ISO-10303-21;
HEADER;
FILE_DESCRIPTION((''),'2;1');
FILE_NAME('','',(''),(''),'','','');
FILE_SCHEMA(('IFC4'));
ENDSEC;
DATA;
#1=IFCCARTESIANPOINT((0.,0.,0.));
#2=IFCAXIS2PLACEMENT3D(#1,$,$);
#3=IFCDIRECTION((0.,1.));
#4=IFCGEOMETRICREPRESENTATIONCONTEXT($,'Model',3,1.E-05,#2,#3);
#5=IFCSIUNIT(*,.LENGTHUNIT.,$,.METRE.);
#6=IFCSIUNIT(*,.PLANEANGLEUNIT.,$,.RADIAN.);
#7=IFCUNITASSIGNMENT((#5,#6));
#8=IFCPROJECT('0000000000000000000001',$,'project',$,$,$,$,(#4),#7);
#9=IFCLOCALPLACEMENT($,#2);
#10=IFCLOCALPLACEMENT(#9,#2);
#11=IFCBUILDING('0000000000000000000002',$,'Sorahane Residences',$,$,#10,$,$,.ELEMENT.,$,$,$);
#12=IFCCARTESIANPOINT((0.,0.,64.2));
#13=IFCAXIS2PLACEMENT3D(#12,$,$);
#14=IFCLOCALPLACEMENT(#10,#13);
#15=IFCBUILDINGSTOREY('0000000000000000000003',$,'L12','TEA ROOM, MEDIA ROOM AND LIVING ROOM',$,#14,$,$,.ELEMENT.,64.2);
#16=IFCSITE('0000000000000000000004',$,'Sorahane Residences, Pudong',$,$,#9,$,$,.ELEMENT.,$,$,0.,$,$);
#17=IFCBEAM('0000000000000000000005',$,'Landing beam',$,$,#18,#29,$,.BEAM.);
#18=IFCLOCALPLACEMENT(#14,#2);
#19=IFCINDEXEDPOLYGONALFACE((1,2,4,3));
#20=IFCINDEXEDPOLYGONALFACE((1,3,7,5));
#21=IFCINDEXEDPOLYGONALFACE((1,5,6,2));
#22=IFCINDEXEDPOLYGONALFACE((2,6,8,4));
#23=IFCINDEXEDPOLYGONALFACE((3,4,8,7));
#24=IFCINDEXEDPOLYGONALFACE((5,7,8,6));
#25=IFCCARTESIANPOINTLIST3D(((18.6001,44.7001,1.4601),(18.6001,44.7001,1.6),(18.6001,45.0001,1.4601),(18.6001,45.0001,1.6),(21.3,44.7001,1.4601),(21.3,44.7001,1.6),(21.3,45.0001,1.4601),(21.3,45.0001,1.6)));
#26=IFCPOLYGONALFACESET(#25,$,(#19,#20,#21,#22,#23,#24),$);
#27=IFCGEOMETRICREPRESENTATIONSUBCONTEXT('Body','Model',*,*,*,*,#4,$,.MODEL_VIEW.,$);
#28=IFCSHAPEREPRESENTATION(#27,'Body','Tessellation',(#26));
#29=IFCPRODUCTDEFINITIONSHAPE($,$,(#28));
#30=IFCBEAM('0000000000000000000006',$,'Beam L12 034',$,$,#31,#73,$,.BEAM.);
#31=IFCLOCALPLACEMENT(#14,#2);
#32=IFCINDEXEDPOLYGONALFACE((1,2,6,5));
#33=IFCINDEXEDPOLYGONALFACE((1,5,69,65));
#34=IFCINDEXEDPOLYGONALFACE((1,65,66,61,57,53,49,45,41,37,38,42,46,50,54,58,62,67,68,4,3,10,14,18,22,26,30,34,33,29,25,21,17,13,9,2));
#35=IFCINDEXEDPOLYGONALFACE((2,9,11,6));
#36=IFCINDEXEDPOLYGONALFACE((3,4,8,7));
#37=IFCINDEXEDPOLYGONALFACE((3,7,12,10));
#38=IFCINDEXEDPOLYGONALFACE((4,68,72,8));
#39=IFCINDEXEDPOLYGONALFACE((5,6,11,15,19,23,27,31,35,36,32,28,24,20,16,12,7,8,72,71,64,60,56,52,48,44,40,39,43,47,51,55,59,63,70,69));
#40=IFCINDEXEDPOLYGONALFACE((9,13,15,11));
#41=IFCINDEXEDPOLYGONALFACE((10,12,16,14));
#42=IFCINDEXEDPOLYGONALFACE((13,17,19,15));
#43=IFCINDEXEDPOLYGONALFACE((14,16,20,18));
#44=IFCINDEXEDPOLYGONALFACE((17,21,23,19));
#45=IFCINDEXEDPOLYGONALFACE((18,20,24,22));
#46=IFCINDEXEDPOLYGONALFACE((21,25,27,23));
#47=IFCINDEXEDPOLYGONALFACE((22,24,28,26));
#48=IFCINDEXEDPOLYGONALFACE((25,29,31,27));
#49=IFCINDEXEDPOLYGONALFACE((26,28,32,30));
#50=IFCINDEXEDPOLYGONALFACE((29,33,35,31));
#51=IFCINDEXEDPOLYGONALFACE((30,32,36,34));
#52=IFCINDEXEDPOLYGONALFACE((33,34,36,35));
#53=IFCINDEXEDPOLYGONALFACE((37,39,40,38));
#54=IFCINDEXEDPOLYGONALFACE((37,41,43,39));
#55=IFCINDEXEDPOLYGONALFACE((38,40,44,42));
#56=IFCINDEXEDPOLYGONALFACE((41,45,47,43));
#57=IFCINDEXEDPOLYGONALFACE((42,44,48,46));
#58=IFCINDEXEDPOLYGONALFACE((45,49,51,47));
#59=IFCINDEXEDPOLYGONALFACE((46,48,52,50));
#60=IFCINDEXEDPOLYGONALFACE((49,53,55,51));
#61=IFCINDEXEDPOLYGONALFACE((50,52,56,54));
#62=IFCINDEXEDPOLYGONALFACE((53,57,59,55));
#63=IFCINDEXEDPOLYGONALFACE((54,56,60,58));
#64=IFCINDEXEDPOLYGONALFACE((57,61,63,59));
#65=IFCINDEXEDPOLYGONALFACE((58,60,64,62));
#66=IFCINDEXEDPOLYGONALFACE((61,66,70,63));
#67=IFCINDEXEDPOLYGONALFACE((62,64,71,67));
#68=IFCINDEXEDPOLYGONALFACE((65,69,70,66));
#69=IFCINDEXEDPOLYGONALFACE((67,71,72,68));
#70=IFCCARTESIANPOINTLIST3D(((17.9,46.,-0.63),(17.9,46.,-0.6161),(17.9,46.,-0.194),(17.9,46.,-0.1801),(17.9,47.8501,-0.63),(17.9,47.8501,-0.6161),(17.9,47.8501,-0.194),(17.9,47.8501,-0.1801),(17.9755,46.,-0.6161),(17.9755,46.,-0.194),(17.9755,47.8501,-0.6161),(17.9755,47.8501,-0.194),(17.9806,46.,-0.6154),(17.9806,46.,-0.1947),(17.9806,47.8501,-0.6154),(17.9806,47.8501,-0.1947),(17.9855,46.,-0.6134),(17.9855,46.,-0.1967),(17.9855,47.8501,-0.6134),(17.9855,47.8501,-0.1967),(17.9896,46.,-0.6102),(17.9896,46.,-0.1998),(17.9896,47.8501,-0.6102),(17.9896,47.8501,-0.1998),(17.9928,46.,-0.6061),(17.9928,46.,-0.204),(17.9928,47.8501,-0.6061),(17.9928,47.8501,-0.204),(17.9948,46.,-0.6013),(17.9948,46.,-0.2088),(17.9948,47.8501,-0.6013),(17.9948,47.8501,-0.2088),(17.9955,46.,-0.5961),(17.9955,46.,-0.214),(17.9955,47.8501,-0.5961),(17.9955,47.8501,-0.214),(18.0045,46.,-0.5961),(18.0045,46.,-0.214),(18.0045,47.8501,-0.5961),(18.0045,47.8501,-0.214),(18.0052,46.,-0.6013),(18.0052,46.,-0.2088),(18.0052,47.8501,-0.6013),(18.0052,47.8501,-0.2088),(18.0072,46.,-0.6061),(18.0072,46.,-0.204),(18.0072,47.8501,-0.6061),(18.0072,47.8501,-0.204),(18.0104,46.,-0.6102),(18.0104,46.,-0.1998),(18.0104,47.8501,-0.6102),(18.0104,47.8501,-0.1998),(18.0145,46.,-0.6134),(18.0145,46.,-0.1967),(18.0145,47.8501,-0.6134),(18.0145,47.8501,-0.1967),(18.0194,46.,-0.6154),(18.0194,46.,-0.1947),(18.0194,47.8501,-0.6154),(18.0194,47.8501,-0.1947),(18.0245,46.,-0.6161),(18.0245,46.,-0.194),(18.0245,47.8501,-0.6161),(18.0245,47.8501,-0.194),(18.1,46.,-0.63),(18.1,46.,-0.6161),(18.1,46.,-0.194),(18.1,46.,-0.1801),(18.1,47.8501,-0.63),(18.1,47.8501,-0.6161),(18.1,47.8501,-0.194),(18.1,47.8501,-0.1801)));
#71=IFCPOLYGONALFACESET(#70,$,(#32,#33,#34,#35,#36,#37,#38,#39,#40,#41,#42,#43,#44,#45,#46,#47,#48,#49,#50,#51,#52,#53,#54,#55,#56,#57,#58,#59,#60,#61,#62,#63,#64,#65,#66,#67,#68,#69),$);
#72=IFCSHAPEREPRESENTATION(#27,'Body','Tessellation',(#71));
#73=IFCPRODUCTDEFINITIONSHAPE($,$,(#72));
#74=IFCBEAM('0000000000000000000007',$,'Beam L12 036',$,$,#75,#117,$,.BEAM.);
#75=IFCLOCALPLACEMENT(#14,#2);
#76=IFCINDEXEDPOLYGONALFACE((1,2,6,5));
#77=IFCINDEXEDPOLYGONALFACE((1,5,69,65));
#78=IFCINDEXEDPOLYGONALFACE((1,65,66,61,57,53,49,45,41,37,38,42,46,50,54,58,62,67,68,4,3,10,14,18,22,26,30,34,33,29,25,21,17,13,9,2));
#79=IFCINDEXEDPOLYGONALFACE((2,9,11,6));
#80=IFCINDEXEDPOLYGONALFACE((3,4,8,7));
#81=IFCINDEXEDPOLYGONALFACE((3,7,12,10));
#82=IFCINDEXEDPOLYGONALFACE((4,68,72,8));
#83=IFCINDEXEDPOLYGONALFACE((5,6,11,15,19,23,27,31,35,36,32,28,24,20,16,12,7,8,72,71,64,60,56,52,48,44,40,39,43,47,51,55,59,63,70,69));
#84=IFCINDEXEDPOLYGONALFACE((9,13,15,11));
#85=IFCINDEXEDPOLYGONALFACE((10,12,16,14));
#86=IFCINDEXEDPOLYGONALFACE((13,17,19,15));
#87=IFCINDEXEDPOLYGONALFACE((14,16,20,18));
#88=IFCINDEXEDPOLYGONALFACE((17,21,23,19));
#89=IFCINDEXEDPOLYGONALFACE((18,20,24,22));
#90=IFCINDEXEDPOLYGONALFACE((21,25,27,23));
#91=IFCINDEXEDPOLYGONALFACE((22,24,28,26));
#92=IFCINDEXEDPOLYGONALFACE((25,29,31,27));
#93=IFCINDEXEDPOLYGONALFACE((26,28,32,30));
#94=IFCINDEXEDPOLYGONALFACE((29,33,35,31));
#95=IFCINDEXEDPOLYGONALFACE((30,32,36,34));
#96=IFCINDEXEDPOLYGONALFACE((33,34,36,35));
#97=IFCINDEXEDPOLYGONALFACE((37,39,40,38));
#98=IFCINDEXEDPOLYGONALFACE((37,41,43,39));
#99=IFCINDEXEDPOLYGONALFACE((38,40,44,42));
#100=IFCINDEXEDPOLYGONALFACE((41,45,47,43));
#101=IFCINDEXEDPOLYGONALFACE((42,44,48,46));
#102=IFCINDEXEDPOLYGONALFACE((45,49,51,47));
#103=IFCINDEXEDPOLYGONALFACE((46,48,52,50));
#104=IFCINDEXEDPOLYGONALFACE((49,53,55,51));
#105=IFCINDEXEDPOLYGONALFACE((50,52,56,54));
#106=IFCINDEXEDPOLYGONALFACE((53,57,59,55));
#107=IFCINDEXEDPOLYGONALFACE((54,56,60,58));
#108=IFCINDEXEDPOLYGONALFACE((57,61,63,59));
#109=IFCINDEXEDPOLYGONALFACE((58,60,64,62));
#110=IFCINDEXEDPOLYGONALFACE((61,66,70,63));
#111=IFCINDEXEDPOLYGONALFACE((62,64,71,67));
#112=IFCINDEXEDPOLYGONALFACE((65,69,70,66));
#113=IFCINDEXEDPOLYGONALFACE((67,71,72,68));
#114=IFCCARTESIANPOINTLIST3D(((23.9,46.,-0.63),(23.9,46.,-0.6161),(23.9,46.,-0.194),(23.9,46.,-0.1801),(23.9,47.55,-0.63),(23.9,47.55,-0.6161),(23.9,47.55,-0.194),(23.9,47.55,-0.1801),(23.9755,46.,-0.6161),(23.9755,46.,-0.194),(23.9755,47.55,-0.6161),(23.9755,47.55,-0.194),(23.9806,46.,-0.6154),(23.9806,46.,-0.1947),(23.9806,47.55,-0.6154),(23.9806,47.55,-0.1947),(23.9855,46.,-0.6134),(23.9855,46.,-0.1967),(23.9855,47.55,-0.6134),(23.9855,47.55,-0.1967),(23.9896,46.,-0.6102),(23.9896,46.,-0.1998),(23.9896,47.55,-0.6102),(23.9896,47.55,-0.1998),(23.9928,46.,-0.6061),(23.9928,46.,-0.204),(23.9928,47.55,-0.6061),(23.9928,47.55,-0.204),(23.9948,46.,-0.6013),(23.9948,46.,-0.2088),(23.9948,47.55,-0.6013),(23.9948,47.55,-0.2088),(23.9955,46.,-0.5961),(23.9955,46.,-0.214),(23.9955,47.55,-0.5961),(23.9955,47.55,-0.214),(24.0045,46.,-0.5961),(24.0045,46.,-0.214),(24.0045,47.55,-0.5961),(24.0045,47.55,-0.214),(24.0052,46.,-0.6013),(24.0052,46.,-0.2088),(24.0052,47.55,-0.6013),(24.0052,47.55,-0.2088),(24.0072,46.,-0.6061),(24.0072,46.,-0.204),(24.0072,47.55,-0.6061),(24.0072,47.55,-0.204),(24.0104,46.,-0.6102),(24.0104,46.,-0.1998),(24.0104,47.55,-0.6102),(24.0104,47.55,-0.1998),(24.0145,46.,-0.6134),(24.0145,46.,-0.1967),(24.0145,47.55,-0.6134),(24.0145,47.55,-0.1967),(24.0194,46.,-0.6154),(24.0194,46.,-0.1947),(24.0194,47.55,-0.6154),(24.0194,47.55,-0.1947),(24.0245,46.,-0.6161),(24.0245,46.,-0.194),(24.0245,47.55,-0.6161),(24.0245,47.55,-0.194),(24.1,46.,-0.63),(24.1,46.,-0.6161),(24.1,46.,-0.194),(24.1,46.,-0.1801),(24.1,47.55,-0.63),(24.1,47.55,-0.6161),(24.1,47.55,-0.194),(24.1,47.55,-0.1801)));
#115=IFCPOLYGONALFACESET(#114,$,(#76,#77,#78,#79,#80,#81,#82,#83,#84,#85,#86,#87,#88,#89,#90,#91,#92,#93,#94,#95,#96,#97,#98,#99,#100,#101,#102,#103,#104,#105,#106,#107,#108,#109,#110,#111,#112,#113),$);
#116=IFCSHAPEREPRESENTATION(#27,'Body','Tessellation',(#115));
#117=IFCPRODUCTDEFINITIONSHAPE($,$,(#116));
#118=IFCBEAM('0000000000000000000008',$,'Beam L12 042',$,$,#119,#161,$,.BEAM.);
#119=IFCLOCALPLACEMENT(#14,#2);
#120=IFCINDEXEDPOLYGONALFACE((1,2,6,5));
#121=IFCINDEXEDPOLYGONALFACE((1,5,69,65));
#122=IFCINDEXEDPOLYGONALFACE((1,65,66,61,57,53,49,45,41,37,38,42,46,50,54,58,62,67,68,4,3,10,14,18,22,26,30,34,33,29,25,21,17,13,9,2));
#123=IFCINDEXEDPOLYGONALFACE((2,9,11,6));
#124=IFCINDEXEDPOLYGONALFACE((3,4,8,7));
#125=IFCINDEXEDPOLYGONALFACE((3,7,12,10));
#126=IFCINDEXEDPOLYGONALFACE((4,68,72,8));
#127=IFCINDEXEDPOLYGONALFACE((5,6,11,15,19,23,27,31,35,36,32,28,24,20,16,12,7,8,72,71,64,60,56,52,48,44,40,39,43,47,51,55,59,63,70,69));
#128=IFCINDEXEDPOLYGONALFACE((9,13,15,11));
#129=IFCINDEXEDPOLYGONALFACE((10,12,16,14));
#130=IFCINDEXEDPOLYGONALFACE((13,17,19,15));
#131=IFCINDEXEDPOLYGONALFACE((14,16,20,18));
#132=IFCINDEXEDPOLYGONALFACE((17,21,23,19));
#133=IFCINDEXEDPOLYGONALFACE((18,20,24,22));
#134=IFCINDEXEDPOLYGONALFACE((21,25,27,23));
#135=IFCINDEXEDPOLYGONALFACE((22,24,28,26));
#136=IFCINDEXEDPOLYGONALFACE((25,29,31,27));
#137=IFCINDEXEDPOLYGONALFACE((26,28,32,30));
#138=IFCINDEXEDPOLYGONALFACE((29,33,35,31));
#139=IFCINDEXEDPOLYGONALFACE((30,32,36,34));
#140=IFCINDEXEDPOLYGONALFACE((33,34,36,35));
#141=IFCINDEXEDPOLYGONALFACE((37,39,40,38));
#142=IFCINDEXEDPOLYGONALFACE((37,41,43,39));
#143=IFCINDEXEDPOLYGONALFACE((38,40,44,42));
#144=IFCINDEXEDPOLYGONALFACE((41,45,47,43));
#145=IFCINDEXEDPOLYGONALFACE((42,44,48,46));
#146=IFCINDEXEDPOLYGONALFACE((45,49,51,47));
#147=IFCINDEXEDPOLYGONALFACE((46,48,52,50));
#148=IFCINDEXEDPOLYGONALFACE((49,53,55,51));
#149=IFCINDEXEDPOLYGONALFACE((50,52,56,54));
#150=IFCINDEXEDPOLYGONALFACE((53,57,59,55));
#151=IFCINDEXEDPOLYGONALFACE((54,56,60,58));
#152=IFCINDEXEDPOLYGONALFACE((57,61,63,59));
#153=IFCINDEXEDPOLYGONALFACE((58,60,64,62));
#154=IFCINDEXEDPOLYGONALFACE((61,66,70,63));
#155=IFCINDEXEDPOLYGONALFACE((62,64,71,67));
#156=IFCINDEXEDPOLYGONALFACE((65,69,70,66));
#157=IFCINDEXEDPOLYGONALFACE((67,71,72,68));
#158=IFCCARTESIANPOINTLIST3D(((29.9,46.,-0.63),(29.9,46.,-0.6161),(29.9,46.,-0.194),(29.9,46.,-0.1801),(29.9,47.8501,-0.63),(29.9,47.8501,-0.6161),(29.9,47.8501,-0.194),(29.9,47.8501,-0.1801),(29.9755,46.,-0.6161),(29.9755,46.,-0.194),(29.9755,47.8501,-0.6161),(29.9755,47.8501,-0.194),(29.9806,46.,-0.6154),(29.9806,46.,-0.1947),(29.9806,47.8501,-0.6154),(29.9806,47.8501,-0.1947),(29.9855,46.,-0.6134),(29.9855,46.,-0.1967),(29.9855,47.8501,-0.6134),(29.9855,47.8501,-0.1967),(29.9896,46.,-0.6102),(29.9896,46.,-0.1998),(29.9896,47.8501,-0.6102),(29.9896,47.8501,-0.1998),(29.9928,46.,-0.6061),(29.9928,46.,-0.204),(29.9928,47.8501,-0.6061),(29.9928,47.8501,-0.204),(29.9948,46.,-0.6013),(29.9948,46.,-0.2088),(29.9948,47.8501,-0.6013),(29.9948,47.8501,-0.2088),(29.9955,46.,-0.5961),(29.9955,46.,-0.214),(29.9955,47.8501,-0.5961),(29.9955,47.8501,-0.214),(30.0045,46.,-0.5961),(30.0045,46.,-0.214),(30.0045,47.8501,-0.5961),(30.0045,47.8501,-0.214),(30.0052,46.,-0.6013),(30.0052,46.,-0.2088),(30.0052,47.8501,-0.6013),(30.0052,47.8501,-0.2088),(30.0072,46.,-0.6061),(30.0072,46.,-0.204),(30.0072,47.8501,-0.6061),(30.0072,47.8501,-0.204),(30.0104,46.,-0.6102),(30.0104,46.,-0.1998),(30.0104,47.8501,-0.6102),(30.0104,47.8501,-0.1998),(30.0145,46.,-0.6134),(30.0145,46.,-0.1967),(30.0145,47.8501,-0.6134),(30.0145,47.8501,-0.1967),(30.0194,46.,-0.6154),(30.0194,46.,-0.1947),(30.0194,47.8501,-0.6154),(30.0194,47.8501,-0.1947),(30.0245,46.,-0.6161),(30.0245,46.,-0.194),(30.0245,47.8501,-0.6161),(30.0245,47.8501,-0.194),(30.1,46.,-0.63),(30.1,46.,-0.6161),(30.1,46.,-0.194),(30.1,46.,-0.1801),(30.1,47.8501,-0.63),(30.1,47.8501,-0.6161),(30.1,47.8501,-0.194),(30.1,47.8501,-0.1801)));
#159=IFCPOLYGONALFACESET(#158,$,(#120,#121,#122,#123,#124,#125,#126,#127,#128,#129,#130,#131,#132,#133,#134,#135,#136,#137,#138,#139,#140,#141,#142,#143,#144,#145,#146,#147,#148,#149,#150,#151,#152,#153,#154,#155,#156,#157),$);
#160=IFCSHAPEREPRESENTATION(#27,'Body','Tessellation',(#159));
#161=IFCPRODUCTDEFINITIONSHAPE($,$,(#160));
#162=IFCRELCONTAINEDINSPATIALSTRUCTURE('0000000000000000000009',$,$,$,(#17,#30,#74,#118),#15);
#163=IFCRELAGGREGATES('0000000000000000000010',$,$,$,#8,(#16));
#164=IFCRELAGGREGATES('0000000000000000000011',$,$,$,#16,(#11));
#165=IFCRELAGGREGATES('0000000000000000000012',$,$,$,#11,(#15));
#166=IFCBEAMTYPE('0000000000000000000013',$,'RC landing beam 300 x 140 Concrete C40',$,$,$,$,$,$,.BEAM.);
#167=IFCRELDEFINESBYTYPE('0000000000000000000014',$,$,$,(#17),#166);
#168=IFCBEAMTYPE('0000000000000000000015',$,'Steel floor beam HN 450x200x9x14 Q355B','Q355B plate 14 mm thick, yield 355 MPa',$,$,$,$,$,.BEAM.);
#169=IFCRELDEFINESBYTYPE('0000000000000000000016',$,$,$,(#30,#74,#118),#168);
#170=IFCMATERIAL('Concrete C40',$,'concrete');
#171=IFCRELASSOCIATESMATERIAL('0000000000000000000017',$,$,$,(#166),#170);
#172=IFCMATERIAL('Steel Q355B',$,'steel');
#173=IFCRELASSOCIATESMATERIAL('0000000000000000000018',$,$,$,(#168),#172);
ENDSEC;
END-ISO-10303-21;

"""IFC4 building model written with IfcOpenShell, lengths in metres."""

from ifc_helpers import new_model, si_unit, direction, frame, origin, origin_2d, place, context, subcontext, project, spatial, rectangle, i_section, extrude, material, material_profile, profile_set, type_object, element, save


model = new_model("IFC4")

# Units and contexts
model_context = context("Model", 3, precision=1e-05, world=origin(), true_north=direction((0.0, 1.0)))
body_context = subcontext(model_context, "Body", "Model", "MODEL_VIEW")
ifc_project = project(units=[si_unit("LENGTHUNIT", "METRE"), si_unit("PLANEANGLEUNIT", "RADIAN")], contexts=[model_context])

# Site, building, storey
site_placement = place(None, origin())
site = spatial("IfcSite", under=ifc_project, at=site_placement, Name="Sorahane Residences, Pudong", CompositionType="ELEMENT", RefElevation=0.0)
building_placement = place(site_placement, origin())
building = spatial("IfcBuilding", under=site, at=building_placement, Name="Sorahane Residences", CompositionType="ELEMENT")
storey_placement = place(building_placement, frame((0.0, 0.0, 64.2)))
storey = spatial("IfcBuildingStorey", under=building, at=storey_placement, Name="L12", Description="TEA ROOM, MEDIA ROOM AND LIVING ROOM", CompositionType="ELEMENT", Elevation=64.2)

# Beams
ifc_material_1 = material(Name="Concrete C40", Category="concrete")
ifc_material_profile_1 = material_profile(ifc_material_1, rectangle(XDim=0.3, YDim=0.1399, at=origin_2d()), Name="300x140")
ifc_profile_set_1 = profile_set([ifc_material_profile_1], Name="Concrete C40")
beam_type_1 = type_object("IfcBeamType", Name="RC landing beam 300 x 140 Concrete C40", PredefinedType="BEAM", material=ifc_profile_set_1)
for number, where, z_axis, x_axis, name in (
    (1, (18.6001, 44.8501, 1.53), (1.0, 0.0, 0.0), (0.0, 1.0, 0.0), "Landing beam"),
):
    element("IfcBeam", number, at=place(storey_placement, frame(where, z_axis=z_axis, x_axis=x_axis)), inside=storey, type_object=beam_type_1, Name=name, PredefinedType="BEAM", context=body_context, shape_type="SweptSolid", body=[
        extrude(rectangle(XDim=0.3, YDim=0.1399, at=origin_2d()), origin(), (0.0, 0.0, 1.0), 2.7),
    ])
ifc_material_2 = material(Name="Steel Q355B", Category="steel")
ifc_material_profile_2 = material_profile(ifc_material_2, i_section(OverallWidth=0.2, OverallDepth=0.45, WebThickness=0.009, FlangeThickness=0.0139, FilletRadius=0.02, at=origin_2d()), Name="HN 450x200x9x14")
ifc_profile_set_2 = profile_set([ifc_material_profile_2], Name="Steel Q355B")
beam_type_2 = type_object("IfcBeamType", Name="Steel floor beam HN 450x200x9x14 Q355B", Description="Q355B plate 14 mm thick, yield 355 MPa", PredefinedType="BEAM", material=ifc_profile_set_2)
beam_1_placement = place(storey_placement, frame((18.0, 46.0, -0.405), z_axis=(0.0, 1.0, 0.0), x_axis=(-1.0, 0.0, 0.0)))
element("IfcBeam", 2, at=beam_1_placement, inside=storey, type_object=beam_type_2, Name="Beam L12 034", PredefinedType="BEAM", context=body_context, shape_type="SweptSolid", body=[
    extrude(i_section(OverallWidth=0.2, OverallDepth=0.45, WebThickness=0.009, FlangeThickness=0.0139, FilletRadius=0.02, at=origin_2d()), origin(), (0.0, 0.0, 1.0), 1.8501),
])
beam_2_placement = place(storey_placement, frame((24.0, 46.0, -0.405), z_axis=(0.0, 1.0, 0.0), x_axis=(-1.0, 0.0, 0.0)))
element("IfcBeam", 3, at=beam_2_placement, inside=storey, type_object=beam_type_2, Name="Beam L12 036", PredefinedType="BEAM", context=body_context, shape_type="SweptSolid", body=[
    extrude(i_section(OverallWidth=0.2, OverallDepth=0.45, WebThickness=0.009, FlangeThickness=0.0139, FilletRadius=0.02, at=origin_2d()), origin(), (0.0, 0.0, 1.0), 1.55),
])
beam_3_placement = place(storey_placement, frame((30.0, 46.0, -0.405), z_axis=(0.0, 1.0, 0.0), x_axis=(-1.0, 0.0, 0.0)))
element("IfcBeam", 4, at=beam_3_placement, inside=storey, type_object=beam_type_2, Name="Beam L12 042", PredefinedType="BEAM", context=body_context, shape_type="SweptSolid", body=[
    extrude(i_section(OverallWidth=0.2, OverallDepth=0.45, WebThickness=0.009, FlangeThickness=0.0139, FilletRadius=0.02, at=origin_2d()), origin(), (0.0, 0.0, 1.0), 1.8501),
])

save(model, "model.ifc")
